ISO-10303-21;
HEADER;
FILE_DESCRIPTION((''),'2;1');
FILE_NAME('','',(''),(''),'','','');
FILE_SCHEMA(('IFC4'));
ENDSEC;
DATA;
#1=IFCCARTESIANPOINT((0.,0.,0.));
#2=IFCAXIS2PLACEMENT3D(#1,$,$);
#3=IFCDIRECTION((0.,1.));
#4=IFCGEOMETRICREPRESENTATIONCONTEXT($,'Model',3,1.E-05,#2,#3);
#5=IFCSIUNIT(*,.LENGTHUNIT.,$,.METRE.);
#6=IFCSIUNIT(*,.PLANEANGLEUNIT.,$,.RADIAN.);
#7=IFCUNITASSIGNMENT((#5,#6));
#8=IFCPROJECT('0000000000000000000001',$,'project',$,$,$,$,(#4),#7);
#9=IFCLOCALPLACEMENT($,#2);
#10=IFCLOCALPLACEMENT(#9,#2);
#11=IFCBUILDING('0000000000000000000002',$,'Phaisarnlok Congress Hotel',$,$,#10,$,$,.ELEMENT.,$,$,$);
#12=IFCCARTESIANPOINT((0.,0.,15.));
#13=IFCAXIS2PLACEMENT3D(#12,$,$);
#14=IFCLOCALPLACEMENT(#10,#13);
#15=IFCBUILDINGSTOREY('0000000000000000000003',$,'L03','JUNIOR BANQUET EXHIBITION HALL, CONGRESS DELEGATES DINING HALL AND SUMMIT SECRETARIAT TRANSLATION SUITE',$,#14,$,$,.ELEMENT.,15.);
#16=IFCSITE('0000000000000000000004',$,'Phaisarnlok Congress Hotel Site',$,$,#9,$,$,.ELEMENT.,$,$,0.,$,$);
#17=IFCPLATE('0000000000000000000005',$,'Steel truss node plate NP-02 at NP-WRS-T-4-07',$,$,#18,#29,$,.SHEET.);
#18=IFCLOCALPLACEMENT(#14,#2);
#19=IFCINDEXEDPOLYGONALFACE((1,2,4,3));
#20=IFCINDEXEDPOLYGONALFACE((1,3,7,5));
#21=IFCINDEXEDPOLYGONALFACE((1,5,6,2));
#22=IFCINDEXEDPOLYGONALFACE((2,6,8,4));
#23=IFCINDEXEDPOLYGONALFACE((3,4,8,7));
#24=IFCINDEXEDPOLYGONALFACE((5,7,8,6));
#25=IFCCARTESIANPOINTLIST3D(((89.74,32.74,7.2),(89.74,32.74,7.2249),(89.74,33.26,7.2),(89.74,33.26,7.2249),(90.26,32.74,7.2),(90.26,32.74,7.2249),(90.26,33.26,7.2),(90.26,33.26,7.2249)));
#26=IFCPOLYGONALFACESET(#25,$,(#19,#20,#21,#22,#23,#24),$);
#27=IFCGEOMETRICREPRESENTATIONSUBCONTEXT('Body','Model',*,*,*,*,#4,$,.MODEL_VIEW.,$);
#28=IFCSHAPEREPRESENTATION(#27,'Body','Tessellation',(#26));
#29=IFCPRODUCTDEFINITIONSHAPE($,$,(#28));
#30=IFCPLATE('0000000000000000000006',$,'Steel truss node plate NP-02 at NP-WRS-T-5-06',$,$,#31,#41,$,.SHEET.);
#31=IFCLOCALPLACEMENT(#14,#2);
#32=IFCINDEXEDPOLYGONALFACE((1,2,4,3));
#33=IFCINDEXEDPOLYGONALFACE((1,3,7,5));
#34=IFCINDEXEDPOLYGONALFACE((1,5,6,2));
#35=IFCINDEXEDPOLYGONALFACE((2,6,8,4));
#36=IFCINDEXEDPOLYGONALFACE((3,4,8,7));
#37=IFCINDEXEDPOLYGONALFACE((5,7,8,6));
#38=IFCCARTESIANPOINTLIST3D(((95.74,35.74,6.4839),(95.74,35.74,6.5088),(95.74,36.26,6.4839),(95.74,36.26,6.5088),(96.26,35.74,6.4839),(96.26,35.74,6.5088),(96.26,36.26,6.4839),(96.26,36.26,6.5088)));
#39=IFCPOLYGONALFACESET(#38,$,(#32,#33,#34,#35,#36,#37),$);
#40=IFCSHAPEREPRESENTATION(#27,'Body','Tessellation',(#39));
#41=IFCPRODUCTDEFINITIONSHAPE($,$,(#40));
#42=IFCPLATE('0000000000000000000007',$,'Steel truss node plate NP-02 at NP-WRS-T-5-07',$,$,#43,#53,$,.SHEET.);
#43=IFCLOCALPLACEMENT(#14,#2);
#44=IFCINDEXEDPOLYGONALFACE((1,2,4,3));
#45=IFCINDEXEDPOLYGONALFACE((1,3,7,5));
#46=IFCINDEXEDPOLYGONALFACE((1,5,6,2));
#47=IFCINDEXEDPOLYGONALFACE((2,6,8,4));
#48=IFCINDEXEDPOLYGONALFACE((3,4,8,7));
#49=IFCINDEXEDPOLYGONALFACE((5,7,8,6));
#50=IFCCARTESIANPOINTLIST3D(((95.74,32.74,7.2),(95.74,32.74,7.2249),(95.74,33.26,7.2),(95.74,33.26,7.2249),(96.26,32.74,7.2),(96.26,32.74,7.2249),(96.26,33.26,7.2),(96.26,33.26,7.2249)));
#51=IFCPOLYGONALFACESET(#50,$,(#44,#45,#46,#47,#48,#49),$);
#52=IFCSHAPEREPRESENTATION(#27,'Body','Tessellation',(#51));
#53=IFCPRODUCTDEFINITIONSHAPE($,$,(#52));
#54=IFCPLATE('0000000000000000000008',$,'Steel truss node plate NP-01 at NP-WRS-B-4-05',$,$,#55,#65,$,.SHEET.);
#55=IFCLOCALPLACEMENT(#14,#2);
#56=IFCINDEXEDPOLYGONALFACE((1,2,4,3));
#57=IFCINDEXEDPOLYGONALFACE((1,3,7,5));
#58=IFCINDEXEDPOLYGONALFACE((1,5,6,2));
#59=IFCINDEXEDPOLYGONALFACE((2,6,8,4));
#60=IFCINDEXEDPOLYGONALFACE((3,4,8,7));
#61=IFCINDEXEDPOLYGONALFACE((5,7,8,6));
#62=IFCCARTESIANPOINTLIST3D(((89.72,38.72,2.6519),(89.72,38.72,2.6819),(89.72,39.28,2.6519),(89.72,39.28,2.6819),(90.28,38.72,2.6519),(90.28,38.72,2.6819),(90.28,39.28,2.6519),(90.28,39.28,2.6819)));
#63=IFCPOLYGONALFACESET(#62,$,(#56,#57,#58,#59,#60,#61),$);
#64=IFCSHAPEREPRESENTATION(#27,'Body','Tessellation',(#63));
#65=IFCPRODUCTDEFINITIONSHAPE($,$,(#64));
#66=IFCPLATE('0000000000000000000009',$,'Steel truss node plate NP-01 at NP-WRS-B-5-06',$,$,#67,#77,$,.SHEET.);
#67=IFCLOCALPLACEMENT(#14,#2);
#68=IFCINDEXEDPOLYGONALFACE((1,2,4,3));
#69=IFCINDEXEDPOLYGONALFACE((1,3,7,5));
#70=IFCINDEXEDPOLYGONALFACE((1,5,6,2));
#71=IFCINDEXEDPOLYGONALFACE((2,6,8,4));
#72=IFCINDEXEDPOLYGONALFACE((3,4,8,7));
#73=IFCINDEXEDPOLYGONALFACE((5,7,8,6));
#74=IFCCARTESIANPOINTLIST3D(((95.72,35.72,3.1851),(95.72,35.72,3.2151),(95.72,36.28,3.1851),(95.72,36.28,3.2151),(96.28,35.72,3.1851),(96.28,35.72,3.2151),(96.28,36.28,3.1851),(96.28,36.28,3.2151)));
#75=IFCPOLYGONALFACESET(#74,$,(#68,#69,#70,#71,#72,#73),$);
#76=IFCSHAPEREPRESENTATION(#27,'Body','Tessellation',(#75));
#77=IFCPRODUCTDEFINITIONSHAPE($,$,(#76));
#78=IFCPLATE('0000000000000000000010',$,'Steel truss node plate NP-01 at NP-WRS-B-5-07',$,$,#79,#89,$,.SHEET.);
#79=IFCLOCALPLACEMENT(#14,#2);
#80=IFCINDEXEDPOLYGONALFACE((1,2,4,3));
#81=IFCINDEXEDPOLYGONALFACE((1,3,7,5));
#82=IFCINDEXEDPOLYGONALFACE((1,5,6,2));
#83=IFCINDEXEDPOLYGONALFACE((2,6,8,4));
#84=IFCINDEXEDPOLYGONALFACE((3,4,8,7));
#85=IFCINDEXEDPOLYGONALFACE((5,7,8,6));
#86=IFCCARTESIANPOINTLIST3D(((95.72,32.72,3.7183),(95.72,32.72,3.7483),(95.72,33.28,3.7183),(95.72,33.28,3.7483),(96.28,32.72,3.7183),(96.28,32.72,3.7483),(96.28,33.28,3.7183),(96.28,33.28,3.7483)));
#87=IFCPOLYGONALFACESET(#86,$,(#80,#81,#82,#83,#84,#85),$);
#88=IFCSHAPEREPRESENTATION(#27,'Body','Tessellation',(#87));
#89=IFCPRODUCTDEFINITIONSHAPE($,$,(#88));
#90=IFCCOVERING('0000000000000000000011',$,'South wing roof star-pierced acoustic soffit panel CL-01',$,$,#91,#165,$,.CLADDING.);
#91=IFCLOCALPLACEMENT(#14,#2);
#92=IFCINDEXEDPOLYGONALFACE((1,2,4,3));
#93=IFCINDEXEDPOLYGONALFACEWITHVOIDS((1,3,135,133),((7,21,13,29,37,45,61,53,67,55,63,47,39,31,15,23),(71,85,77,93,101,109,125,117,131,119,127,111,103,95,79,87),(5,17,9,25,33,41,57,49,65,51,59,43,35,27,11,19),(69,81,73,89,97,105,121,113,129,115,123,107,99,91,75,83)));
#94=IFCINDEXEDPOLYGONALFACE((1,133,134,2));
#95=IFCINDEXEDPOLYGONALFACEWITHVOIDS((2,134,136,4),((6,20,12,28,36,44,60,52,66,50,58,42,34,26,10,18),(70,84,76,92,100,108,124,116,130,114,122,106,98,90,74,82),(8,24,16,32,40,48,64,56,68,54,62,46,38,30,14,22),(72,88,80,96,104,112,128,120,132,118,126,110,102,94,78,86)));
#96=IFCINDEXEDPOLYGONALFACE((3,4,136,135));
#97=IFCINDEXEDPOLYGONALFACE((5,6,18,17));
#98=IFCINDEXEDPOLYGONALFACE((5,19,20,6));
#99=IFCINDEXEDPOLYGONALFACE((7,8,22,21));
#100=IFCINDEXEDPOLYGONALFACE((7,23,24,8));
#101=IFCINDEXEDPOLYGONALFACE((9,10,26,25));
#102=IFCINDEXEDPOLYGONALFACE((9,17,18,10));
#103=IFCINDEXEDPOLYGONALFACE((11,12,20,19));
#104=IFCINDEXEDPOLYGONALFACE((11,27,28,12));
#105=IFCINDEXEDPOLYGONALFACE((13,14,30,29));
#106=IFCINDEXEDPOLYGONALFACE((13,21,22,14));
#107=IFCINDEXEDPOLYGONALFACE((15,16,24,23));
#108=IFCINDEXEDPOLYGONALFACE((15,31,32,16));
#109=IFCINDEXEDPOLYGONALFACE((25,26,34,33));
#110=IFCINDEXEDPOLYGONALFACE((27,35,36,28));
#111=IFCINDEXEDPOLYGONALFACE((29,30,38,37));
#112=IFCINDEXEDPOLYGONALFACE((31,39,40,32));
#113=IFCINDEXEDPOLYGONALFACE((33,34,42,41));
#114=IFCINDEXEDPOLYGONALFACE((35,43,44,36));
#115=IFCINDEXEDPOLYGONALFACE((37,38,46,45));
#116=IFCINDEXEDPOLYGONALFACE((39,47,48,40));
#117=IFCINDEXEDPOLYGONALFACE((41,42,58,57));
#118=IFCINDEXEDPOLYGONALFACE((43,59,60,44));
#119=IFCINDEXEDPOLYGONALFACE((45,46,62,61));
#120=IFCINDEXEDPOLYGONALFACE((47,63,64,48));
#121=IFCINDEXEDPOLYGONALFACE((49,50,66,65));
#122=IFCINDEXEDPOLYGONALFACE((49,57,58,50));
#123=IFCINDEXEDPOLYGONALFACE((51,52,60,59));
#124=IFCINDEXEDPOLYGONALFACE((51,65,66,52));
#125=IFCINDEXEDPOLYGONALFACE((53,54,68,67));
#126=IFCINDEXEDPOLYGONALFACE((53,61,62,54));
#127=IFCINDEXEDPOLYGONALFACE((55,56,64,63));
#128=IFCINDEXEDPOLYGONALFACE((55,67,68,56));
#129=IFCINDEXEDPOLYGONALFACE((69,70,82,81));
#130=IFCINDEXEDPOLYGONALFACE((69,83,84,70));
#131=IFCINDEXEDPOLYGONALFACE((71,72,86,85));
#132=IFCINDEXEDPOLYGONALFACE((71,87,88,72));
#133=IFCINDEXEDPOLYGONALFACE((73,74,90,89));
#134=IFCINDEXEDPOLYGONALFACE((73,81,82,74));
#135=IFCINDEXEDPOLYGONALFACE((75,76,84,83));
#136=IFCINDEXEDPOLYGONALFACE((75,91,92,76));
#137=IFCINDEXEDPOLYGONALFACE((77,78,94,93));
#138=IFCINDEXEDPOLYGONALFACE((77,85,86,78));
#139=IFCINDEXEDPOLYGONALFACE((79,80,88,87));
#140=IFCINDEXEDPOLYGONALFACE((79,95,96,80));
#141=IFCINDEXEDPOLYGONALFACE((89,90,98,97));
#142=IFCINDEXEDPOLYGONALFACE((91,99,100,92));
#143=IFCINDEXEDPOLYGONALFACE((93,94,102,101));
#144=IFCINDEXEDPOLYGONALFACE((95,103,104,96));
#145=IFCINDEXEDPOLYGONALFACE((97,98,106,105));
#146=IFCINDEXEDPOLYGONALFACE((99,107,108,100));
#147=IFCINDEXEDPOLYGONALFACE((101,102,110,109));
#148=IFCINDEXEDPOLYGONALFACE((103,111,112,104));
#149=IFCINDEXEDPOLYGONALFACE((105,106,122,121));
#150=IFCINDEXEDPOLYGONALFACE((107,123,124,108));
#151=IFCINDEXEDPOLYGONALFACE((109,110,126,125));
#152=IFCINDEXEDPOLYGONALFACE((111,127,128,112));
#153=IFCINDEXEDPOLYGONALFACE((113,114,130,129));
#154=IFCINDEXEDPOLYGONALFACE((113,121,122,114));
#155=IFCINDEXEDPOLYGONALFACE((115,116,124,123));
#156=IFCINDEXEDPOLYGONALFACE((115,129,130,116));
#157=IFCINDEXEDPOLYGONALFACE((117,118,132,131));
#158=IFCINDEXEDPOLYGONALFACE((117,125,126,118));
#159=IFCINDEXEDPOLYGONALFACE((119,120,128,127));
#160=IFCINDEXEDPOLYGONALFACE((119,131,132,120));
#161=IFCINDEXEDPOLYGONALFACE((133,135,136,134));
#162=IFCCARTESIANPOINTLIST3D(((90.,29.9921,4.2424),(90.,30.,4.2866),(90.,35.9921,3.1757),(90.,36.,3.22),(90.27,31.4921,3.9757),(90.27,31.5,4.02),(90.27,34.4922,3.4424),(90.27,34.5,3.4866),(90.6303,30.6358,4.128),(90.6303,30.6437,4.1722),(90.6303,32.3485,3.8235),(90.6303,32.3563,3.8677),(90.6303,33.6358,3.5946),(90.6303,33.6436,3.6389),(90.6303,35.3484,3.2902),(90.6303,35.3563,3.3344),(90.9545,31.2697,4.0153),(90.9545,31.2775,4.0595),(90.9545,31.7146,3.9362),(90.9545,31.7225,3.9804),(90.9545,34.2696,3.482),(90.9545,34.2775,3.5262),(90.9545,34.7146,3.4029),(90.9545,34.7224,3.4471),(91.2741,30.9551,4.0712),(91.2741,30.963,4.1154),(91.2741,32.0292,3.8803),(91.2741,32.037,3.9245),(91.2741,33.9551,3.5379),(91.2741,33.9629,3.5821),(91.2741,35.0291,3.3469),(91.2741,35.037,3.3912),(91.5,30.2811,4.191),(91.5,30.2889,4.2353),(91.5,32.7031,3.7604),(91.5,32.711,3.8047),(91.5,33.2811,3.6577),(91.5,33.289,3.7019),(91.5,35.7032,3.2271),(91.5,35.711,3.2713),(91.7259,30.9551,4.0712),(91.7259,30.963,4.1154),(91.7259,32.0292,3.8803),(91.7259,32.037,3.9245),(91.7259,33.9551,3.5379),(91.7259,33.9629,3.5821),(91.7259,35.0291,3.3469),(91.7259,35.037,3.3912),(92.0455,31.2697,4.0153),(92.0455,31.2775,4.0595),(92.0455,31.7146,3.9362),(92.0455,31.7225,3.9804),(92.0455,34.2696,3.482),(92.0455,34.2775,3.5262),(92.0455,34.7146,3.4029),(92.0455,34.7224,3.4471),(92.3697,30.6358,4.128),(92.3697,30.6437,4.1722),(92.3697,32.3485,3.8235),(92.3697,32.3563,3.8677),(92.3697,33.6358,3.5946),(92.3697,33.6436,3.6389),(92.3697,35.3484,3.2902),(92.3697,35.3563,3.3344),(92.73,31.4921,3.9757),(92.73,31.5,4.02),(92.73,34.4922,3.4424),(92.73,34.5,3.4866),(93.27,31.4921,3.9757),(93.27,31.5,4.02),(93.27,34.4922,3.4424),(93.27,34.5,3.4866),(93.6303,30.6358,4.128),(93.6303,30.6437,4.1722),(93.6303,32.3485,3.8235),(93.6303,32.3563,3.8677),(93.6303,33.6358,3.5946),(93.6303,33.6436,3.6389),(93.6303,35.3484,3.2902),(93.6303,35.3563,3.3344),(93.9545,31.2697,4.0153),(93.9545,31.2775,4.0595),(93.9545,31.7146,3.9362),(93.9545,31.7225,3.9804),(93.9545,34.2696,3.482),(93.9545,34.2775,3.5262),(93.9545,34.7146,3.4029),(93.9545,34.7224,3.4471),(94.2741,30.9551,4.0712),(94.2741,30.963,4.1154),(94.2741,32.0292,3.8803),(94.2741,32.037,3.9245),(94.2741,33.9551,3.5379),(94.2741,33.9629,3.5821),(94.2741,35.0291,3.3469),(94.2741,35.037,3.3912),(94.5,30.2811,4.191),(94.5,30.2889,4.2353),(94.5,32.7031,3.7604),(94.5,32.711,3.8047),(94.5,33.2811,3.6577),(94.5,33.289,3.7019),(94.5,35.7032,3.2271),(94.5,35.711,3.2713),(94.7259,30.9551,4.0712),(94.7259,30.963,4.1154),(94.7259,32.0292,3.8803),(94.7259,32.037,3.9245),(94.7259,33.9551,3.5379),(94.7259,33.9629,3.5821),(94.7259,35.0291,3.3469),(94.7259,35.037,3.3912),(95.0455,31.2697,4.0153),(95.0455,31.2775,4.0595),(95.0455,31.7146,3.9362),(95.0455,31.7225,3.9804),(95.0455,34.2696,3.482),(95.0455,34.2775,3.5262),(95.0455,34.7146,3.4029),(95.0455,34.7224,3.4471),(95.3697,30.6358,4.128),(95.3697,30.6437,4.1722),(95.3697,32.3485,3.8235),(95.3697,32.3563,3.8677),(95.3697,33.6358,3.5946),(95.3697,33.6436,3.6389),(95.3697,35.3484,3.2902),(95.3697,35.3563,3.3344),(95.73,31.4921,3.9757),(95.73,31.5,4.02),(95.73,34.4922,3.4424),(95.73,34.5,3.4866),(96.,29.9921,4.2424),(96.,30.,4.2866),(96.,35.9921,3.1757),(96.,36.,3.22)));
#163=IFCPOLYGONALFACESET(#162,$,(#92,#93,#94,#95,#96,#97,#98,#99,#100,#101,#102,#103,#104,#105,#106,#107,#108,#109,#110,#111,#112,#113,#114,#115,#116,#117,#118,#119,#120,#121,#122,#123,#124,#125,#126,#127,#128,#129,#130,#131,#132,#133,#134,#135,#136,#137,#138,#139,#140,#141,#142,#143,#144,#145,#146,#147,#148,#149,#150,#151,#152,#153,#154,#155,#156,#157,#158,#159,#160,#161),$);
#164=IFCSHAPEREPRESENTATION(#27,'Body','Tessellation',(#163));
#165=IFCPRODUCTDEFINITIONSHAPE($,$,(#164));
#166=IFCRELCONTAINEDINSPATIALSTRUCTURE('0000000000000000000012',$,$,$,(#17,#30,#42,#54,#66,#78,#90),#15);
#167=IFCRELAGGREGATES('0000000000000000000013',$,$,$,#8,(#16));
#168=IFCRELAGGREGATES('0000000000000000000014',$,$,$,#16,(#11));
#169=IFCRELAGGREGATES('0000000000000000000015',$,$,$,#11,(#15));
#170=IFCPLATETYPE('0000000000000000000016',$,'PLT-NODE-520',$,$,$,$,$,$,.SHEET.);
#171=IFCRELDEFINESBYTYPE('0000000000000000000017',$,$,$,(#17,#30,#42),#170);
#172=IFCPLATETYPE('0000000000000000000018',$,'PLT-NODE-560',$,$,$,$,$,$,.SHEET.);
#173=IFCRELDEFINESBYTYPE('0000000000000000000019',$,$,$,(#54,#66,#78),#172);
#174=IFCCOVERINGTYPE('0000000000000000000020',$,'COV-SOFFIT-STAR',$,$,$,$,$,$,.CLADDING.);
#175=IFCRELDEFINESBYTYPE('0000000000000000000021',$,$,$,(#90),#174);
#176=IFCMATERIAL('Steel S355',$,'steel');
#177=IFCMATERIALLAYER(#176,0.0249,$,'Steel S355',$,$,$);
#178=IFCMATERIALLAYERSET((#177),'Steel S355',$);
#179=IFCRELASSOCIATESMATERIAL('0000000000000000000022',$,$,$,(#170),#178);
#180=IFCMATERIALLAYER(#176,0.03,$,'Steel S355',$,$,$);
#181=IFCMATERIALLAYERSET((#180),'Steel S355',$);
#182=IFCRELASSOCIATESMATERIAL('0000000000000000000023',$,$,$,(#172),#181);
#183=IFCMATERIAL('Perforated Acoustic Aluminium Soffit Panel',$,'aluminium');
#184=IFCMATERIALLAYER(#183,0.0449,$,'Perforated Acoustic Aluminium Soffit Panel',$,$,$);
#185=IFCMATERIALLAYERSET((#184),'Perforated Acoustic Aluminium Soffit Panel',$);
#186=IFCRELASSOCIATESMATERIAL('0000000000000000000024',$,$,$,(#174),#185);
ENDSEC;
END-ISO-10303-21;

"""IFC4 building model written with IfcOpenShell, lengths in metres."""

from ifc_helpers import new_model, si_unit, direction, frame, origin, origin_2d, place, context, subcontext, project, spatial, polyline, rectangle, outline, extrude, material, layer, layer_set, type_object, element, save


model = new_model("IFC4")

# Units and contexts
model_context = context("Model", 3, precision=1e-05, world=origin(), true_north=direction((0.0, 1.0)))
body_context = subcontext(model_context, "Body", "Model", "MODEL_VIEW")
ifc_project = project(units=[si_unit("LENGTHUNIT", "METRE"), si_unit("PLANEANGLEUNIT", "RADIAN")], contexts=[model_context])

# Site, building, storey
site_placement = place(None, origin())
site = spatial("IfcSite", under=ifc_project, at=site_placement, Name="Phaisarnlok Congress Hotel Site", CompositionType="ELEMENT", RefElevation=0.0)
building_placement = place(site_placement, origin())
building = spatial("IfcBuilding", under=site, at=building_placement, Name="Phaisarnlok Congress Hotel", CompositionType="ELEMENT")
storey_placement = place(building_placement, frame((0.0, 0.0, 15.0)))
storey = spatial("IfcBuildingStorey", under=building, at=storey_placement, Name="L03", Description="JUNIOR BANQUET EXHIBITION HALL, CONGRESS DELEGATES DINING HALL AND SUMMIT SECRETARIAT TRANSLATION SUITE", CompositionType="ELEMENT", Elevation=15.0)

# Shared definitions
ifc_material_1 = material(Name="Steel S355", Category="steel")

# Plates
ifc_layer_1 = layer(ifc_material_1, 0.0249, Name="Steel S355")
ifc_layer_set_1 = layer_set([ifc_layer_1], Name="Steel S355")
plate_type_1 = type_object("IfcPlateType", Name="PLT-NODE-520", PredefinedType="SHEET", material=ifc_layer_set_1)
for number, where, z_axis, x_axis, name in (
    (1, (90.0, 33.0, 7.2), (0.0, 0.0, 1.0), (1.0, 0.0, 0.0), "Steel truss node plate NP-02 at NP-WRS-T-4-07"),
    (2, (96.0, 36.0, 6.4839), (0.0, 0.0, 1.0), (1.0, 0.0, 0.0), "Steel truss node plate NP-02 at NP-WRS-T-5-06"),
    (3, (96.0, 33.0, 7.2), (0.0, 0.0, 1.0), (1.0, 0.0, 0.0), "Steel truss node plate NP-02 at NP-WRS-T-5-07"),
):
    element("IfcPlate", number, at=place(storey_placement, frame(where, z_axis=z_axis, x_axis=x_axis)), inside=storey, type_object=plate_type_1, Name=name, PredefinedType="SHEET", context=body_context, shape_type="SweptSolid", body=[
        extrude(rectangle(XDim=0.52, YDim=0.52, at=origin_2d()), origin(), (0.0, 0.0, 1.0), 0.0249),
    ])
ifc_layer_2 = layer(ifc_material_1, 0.03, Name="Steel S355")
ifc_layer_set_2 = layer_set([ifc_layer_2], Name="Steel S355")
plate_type_2 = type_object("IfcPlateType", Name="PLT-NODE-560", PredefinedType="SHEET", material=ifc_layer_set_2)
for number, where, z_axis, x_axis, name in (
    (4, (90.0, 39.0, 2.6519), (0.0, 0.0, 1.0), (1.0, 0.0, 0.0), "Steel truss node plate NP-01 at NP-WRS-B-4-05"),
    (5, (96.0, 36.0, 3.1851), (0.0, 0.0, 1.0), (1.0, 0.0, 0.0), "Steel truss node plate NP-01 at NP-WRS-B-5-06"),
    (6, (96.0, 33.0, 3.7183), (0.0, 0.0, 1.0), (1.0, 0.0, 0.0), "Steel truss node plate NP-01 at NP-WRS-B-5-07"),
):
    element("IfcPlate", number, at=place(storey_placement, frame(where, z_axis=z_axis, x_axis=x_axis)), inside=storey, type_object=plate_type_2, Name=name, PredefinedType="SHEET", context=body_context, shape_type="SweptSolid", body=[
        extrude(rectangle(XDim=0.5601, YDim=0.5601, at=origin_2d()), origin(), (0.0, 0.0, 1.0), 0.03),
    ])

# Covering
ifc_material_2 = material(Name="Perforated Acoustic Aluminium Soffit Panel", Category="aluminium")
ifc_layer_3 = layer(ifc_material_2, 0.0449, Name="Perforated Acoustic Aluminium Soffit Panel")
ifc_layer_set_3 = layer_set([ifc_layer_3], Name="Perforated Acoustic Aluminium Soffit Panel")
covering_type = type_object("IfcCoveringType", Name="COV-SOFFIT-STAR", PredefinedType="CLADDING", material=ifc_layer_set_3)
covering_placement = place(storey_placement, frame((90.0, 36.0, 3.22), z_axis=(0.0, -0.175031, -0.984563), x_axis=(1.0, 0.0, 0.0)))
element("IfcCovering", 7, at=covering_placement, inside=storey, type_object=covering_type, Name="South wing roof star-pierced acoustic soffit panel CL-01", PredefinedType="CLADDING", context=body_context, shape_type="SweptSolid", body=[
    extrude(outline(polyline([(0.0, 0.0), (6.0, 0.0), (6.0, 6.0941), (0.0, 6.0941), (0.0, 0.0)]), holes=[polyline([(2.0455, 1.2976), (2.3697, 0.6538), (1.7259, 0.9781), (1.5, 0.2935), (1.2741, 0.9781), (0.6303, 0.6538), (0.9545, 1.2976), (0.27, 1.5235), (0.9545, 1.7495), (0.6303, 2.3933), (1.2741, 2.069), (1.5, 2.7535), (1.7259, 2.069), (2.3697, 2.3933), (2.0455, 1.7495), (2.73, 1.5235), (2.0455, 1.2976)]), polyline([(2.0455, 4.3446), (2.3697, 3.7008), (1.7259, 4.0251), (1.5, 3.3406), (1.2741, 4.0251), (0.6303, 3.7008), (0.9545, 4.3446), (0.27, 4.5706), (0.9545, 4.7965), (0.6303, 5.4403), (1.2741, 5.116), (1.5, 5.8006), (1.7259, 5.116), (2.3697, 5.4403), (2.0455, 4.7965), (2.73, 4.5706), (2.0455, 4.3446)]), polyline([(5.0455, 1.2976), (5.3697, 0.6538), (4.7259, 0.9781), (4.5, 0.2935), (4.2741, 0.9781), (3.6303, 0.6538), (3.9545, 1.2976), (3.27, 1.5235), (3.9545, 1.7495), (3.6303, 2.3933), (4.2741, 2.069), (4.5, 2.7535), (4.7259, 2.069), (5.3697, 2.3933), (5.0455, 1.7495), (5.73, 1.5235), (5.0455, 1.2976)]), polyline([(5.0455, 4.3446), (5.3697, 3.7008), (4.7259, 4.0251), (4.5, 3.3406), (4.2741, 4.0251), (3.6303, 3.7008), (3.9545, 4.3446), (3.27, 4.5706), (3.9545, 4.7965), (3.6303, 5.4403), (4.2741, 5.116), (4.5, 5.8006), (4.7259, 5.116), (5.3697, 5.4403), (5.0455, 4.7965), (5.73, 4.5706), (5.0455, 4.3446)])]), origin(), (0.0, 0.0, 1.0), 0.0449),
])

save(model, "model.ifc")
